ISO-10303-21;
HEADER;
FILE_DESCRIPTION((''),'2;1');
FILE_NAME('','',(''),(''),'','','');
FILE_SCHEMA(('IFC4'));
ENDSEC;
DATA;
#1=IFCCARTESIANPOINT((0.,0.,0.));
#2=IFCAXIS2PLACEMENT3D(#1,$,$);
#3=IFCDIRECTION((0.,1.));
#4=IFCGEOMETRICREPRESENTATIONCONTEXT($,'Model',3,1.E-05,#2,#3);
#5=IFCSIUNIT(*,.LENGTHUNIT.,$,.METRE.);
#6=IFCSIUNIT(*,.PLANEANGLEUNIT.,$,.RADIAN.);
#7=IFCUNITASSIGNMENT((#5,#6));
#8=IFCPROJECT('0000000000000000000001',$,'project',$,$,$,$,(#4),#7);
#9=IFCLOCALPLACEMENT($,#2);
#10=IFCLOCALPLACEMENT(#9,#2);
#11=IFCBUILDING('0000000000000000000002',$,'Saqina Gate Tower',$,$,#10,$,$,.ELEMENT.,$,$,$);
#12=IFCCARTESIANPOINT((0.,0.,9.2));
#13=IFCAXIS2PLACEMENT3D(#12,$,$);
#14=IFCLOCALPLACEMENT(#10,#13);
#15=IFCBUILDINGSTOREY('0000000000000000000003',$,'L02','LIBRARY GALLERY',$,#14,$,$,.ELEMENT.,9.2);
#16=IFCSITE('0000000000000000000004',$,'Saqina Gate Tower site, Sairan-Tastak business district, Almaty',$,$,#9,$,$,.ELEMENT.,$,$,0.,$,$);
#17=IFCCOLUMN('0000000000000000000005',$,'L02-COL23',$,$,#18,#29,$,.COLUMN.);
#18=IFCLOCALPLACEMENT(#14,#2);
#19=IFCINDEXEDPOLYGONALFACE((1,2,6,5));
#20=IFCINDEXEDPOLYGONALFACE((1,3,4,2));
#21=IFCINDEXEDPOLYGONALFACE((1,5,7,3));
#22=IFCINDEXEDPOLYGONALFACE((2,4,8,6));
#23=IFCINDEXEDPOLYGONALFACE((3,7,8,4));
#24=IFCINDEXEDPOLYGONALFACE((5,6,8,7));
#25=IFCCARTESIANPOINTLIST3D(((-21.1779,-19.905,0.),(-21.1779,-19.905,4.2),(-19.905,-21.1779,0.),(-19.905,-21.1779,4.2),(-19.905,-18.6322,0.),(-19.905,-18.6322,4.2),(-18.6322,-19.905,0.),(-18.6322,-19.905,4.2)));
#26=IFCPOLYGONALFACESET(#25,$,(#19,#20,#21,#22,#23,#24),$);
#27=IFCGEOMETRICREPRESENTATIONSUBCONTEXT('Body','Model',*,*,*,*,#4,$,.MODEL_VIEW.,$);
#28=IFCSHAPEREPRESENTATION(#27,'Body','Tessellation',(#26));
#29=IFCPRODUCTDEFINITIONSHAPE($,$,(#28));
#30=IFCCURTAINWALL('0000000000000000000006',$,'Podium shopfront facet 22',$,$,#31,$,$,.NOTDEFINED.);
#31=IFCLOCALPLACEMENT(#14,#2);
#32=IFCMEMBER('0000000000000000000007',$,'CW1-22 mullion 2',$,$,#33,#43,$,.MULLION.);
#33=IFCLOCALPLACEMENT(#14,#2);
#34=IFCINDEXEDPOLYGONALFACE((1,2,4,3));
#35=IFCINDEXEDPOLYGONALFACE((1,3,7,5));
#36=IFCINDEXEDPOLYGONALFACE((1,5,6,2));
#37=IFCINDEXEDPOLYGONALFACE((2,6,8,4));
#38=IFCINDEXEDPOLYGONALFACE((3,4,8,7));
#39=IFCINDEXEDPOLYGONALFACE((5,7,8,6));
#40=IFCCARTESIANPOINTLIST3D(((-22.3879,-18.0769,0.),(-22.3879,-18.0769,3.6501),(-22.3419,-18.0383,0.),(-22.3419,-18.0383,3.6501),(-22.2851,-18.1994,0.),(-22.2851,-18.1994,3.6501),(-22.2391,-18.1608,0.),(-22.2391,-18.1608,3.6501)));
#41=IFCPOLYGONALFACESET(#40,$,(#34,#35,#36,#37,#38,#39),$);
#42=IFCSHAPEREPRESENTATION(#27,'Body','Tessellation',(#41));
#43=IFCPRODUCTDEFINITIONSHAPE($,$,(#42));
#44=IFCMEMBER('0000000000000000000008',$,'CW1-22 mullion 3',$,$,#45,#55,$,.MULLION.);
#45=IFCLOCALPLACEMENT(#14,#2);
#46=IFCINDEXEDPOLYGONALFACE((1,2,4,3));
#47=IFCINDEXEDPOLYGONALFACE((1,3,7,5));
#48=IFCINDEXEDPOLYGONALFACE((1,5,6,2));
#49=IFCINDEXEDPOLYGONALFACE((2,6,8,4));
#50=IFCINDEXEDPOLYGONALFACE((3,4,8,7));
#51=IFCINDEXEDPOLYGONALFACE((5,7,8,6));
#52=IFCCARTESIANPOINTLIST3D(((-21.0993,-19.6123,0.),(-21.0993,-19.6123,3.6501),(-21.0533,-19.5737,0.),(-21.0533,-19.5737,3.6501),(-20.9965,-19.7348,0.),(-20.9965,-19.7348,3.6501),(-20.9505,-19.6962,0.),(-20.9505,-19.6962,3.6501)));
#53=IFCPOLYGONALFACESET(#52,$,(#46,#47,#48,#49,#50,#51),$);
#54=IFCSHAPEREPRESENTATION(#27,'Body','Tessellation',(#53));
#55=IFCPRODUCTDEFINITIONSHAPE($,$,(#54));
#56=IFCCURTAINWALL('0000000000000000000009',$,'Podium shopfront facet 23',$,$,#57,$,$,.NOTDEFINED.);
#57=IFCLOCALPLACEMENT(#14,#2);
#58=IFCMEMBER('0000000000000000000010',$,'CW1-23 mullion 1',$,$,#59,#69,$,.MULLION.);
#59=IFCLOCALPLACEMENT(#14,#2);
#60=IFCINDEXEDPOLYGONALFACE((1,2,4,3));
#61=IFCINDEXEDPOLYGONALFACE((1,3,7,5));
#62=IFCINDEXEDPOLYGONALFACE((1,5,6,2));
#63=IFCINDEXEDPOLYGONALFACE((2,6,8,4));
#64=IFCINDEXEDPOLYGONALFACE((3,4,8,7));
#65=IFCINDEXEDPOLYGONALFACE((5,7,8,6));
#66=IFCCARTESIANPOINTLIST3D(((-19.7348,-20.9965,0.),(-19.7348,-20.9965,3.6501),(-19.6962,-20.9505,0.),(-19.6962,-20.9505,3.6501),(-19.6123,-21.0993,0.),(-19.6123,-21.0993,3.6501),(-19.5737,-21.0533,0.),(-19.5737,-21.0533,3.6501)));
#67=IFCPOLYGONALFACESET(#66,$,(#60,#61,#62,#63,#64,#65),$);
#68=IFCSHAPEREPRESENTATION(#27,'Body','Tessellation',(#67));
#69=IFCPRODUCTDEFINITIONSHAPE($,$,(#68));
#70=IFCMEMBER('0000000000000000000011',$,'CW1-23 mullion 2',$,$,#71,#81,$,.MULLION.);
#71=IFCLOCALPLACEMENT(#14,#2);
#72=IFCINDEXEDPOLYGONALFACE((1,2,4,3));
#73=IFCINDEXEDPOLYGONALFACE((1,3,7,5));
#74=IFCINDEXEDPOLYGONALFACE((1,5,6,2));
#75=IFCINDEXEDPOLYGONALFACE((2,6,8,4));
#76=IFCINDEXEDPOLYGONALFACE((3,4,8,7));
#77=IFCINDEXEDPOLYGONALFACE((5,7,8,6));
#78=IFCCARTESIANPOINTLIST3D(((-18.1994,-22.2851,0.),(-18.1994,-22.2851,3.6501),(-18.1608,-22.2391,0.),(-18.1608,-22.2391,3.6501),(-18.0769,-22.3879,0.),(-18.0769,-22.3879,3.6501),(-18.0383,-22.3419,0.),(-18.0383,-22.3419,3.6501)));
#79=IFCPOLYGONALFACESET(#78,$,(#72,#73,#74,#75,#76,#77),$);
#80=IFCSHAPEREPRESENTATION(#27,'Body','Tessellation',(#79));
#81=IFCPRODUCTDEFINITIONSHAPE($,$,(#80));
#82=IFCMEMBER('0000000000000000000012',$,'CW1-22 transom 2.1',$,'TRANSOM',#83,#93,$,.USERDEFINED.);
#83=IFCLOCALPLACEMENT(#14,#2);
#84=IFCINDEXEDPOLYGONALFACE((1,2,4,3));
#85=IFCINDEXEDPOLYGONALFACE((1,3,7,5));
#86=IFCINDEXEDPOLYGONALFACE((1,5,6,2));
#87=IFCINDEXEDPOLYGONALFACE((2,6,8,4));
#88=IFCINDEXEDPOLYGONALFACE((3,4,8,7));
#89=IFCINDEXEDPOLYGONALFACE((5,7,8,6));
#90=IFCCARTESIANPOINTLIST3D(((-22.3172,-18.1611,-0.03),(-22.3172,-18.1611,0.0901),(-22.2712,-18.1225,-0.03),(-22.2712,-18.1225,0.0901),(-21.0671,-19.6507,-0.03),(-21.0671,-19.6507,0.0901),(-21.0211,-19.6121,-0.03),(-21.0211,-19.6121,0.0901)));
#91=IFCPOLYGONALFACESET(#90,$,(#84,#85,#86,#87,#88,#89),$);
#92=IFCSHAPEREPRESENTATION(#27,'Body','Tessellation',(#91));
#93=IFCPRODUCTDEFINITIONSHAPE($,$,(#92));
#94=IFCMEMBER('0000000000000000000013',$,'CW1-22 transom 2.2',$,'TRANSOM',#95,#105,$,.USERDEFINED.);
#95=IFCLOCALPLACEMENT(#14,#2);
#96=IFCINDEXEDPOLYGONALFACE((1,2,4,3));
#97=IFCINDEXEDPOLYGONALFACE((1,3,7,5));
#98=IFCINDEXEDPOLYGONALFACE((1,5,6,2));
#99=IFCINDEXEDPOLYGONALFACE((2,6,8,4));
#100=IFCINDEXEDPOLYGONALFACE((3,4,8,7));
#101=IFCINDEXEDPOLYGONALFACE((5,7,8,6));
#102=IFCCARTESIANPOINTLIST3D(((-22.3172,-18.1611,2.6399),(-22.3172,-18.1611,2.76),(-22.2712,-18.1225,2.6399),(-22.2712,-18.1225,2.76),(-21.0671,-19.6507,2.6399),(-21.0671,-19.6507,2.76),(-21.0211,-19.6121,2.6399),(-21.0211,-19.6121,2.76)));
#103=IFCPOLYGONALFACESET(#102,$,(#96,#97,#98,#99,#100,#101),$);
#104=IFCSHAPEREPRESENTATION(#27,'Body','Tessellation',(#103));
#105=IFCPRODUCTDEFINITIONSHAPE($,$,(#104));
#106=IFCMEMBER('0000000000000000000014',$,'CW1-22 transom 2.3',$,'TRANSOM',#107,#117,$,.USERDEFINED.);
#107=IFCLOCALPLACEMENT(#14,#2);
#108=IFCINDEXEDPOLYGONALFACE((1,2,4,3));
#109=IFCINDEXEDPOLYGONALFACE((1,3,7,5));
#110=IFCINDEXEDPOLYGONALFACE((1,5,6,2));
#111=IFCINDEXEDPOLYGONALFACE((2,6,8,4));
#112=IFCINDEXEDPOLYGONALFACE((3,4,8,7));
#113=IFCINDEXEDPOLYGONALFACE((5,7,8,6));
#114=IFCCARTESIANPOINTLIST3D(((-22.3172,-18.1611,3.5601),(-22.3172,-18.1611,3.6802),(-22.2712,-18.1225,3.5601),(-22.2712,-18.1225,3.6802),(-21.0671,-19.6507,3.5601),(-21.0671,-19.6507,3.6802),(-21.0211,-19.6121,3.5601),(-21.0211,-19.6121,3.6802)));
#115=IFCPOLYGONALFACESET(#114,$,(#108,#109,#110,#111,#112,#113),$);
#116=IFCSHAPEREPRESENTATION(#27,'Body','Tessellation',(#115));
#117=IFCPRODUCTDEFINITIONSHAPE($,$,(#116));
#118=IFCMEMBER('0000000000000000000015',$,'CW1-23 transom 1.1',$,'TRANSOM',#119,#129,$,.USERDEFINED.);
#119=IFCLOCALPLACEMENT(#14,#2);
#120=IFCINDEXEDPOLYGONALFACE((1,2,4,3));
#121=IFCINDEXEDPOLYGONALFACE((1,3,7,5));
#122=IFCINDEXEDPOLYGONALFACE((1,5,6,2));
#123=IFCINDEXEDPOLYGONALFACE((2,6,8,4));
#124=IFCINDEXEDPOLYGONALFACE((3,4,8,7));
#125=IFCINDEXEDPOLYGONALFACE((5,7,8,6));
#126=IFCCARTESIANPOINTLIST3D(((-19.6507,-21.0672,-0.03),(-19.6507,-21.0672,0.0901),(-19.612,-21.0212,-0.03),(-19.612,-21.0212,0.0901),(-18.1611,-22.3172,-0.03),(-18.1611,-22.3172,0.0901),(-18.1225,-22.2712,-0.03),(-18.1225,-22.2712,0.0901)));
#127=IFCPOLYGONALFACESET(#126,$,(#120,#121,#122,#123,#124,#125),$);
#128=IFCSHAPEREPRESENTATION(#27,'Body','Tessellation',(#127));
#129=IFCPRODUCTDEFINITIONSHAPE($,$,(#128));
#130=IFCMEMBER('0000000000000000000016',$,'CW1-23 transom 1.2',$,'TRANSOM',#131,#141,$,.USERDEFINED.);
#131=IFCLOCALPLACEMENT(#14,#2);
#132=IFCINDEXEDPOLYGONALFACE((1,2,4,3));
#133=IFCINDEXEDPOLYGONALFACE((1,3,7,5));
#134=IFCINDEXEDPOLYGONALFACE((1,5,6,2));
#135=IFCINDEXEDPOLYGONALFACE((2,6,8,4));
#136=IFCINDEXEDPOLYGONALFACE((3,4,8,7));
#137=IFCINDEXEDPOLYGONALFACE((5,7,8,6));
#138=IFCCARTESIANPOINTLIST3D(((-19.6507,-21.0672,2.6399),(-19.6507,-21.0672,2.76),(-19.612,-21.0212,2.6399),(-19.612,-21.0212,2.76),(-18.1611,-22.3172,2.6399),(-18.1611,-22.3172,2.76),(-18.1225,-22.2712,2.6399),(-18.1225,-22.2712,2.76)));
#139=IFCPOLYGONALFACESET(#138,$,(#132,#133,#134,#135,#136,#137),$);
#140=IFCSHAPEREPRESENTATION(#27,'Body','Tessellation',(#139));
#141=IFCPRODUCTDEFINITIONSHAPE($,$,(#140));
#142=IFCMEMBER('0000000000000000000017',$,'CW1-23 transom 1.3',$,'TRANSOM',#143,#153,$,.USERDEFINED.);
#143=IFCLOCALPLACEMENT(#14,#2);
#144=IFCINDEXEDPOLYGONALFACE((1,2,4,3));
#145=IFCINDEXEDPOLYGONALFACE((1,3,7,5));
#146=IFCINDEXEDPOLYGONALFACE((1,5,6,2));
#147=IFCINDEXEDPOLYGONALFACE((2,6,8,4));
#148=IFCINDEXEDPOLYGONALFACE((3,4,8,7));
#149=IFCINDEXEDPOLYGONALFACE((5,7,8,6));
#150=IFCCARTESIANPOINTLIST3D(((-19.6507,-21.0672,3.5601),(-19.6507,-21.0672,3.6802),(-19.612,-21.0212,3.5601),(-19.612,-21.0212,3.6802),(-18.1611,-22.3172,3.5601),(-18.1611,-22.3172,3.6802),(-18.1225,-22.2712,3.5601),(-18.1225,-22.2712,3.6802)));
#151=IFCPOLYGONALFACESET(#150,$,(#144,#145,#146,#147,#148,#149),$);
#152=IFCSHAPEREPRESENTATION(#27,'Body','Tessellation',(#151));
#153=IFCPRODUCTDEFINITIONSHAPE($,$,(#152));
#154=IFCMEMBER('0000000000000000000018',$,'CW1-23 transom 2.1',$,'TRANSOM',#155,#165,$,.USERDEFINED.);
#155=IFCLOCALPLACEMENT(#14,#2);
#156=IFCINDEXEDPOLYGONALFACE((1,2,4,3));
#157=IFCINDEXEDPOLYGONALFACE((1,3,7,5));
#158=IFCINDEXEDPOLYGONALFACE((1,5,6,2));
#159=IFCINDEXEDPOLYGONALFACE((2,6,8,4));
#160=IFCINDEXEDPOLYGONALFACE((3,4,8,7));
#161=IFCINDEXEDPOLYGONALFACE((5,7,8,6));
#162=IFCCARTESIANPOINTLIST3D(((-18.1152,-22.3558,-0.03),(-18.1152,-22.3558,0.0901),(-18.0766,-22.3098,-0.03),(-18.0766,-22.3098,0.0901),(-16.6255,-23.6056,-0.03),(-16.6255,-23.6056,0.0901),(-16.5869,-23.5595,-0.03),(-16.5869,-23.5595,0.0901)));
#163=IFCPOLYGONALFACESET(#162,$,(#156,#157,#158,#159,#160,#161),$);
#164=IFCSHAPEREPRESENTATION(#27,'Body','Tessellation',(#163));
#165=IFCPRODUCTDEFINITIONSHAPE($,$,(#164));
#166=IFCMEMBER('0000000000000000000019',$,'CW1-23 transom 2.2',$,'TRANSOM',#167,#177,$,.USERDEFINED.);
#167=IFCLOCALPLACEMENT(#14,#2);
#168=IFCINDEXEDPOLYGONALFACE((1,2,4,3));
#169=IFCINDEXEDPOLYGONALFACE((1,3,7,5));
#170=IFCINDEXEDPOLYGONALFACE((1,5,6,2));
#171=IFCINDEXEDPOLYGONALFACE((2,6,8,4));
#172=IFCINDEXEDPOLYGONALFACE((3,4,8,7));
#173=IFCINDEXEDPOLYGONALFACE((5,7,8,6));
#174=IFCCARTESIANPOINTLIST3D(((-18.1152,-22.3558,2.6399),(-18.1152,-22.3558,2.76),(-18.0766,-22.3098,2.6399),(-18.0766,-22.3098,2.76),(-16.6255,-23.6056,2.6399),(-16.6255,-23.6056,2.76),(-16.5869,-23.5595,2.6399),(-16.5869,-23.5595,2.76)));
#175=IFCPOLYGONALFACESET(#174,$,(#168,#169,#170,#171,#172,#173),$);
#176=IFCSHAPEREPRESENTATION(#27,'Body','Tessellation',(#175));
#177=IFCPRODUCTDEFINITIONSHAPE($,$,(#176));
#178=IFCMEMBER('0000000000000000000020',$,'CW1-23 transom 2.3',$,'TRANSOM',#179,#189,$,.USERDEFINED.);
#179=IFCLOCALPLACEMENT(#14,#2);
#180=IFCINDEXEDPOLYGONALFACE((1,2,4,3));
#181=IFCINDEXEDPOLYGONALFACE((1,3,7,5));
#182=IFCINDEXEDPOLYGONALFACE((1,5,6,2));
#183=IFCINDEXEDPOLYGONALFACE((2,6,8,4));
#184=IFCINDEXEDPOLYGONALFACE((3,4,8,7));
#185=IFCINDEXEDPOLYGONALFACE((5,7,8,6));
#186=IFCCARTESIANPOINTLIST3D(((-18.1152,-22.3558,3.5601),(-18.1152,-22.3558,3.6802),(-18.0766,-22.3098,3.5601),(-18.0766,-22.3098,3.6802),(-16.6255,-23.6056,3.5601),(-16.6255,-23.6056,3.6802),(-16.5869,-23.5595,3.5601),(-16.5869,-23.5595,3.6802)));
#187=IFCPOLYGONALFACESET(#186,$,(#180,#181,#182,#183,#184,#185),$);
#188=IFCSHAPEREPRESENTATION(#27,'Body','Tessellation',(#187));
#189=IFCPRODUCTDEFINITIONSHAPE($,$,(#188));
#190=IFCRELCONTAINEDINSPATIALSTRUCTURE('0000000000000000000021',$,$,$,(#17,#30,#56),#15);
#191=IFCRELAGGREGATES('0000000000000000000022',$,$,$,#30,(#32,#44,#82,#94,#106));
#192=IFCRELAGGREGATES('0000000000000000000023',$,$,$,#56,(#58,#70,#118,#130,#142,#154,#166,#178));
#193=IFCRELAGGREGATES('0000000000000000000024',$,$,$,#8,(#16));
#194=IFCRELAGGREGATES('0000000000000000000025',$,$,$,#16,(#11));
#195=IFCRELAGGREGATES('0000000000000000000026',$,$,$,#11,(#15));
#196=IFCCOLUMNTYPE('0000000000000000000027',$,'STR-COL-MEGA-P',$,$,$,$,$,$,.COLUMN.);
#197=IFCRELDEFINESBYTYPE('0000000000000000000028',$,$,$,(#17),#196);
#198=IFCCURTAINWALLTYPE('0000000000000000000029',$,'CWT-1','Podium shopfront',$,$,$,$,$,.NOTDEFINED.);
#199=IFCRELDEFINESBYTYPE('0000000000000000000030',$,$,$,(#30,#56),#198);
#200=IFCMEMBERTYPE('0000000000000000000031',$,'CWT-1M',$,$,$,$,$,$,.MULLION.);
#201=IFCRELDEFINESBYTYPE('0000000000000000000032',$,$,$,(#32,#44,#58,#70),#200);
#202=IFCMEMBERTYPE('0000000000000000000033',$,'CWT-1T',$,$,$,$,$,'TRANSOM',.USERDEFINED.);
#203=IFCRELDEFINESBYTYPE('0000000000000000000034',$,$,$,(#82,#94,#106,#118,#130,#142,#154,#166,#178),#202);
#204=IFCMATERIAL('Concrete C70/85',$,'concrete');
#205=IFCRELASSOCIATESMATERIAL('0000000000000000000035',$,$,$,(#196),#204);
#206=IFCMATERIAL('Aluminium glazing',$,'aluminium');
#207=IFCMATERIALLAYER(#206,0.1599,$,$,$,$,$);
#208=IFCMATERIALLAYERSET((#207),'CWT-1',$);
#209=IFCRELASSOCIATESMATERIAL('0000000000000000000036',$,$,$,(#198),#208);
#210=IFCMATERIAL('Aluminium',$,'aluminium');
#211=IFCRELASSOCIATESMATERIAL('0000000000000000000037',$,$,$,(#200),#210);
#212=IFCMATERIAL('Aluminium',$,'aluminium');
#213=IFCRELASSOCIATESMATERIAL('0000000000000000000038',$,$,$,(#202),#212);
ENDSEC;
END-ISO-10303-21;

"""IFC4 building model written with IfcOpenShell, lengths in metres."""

from ifc_helpers import new_model, si_unit, direction, frame, origin, origin_2d, place, context, subcontext, project, spatial, rectangle, extrude, material, layer, layer_set, material_profile, profile_set, type_object, element, aggregate, save


model = new_model("IFC4")

# Units and contexts
model_context = context("Model", 3, precision=1e-05, world=origin(), true_north=direction((0.0, 1.0)))
body_context = subcontext(model_context, "Body", "Model", "MODEL_VIEW")
ifc_project = project(units=[si_unit("LENGTHUNIT", "METRE"), si_unit("PLANEANGLEUNIT", "RADIAN")], contexts=[model_context])

# Site, building, storey
site_placement = place(None, origin())
site = spatial("IfcSite", under=ifc_project, at=site_placement, Name="Saqina Gate Tower site, Sairan-Tastak business district, Almaty", CompositionType="ELEMENT", RefElevation=0.0)
building_placement = place(site_placement, origin())
building = spatial("IfcBuilding", under=site, at=building_placement, Name="Saqina Gate Tower", CompositionType="ELEMENT")
storey_placement = place(building_placement, frame((0.0, 0.0, 9.2)))
storey = spatial("IfcBuildingStorey", under=building, at=storey_placement, Name="L02", Description="LIBRARY GALLERY", CompositionType="ELEMENT", Elevation=9.2)

# Column
ifc_material_1 = material(Name="Concrete C70/85", Category="concrete")
ifc_material_profile_1 = material_profile(ifc_material_1, rectangle(XDim=1.8, YDim=1.8, at=origin_2d()), Name="RC 1800x1800")
ifc_profile_set_1 = profile_set([ifc_material_profile_1], Name="Concrete C70/85")
column_type = type_object("IfcColumnType", Name="STR-COL-MEGA-P", PredefinedType="COLUMN", material=ifc_profile_set_1)
column_placement = place(storey_placement, frame((-19.905, -19.905, 0.0), z_axis=(0.0, 0.0, 1.0), x_axis=(-0.707107, -0.707107, 0.0)))
element("IfcColumn", 1, at=column_placement, inside=storey, type_object=column_type, Name="L02-COL23", PredefinedType="COLUMN", context=body_context, shape_type="SweptSolid", body=[
    extrude(rectangle(XDim=1.8, YDim=1.8, at=origin_2d()), origin(), (0.0, 0.0, 1.0), 4.2),
])

# Curtain walls, members
ifc_material_2 = material(Name="Aluminium glazing", Category="aluminium")
ifc_layer_1 = layer(ifc_material_2, 0.1599)
ifc_layer_set_1 = layer_set([ifc_layer_1], Name="CWT-1")
curtain_wall_type = type_object("IfcCurtainWallType", Name="CWT-1", Description="Podium shopfront", PredefinedType="NOTDEFINED", material=ifc_layer_set_1)
curtain_wall_1_placement = place(storey_placement, origin())
curtain_wall_1 = element("IfcCurtainWall", 2, at=curtain_wall_1_placement, inside=storey, type_object=curtain_wall_type, Name="Podium shopfront facet 22", PredefinedType="NOTDEFINED")
ifc_material_3 = material(Name="Aluminium", Category="aluminium")
ifc_material_profile_2 = material_profile(ifc_material_3, rectangle(XDim=0.0601, YDim=0.1599, at=origin_2d()), Name="Aluminium 60x160")
ifc_profile_set_2 = profile_set([ifc_material_profile_2], Name="Aluminium")
member_type_1 = type_object("IfcMemberType", Name="CWT-1M", PredefinedType="MULLION", material=ifc_profile_set_2)
member_1_placement = place(storey_placement, frame((-22.3135, -18.1189, 0.0), z_axis=(0.0, 0.0, 1.0), x_axis=(0.766051, 0.642779, 0.0)))
member_1 = element("IfcMember", 3, at=member_1_placement, type_object=member_type_1, Name="CW1-22 mullion 2", PredefinedType="MULLION", context=body_context, shape_type="SweptSolid", body=[
    extrude(rectangle(XDim=0.0601, YDim=0.1599, at=origin_2d()), origin(), (0.0, 0.0, 1.0), 3.6501),
])
member_2_placement = place(storey_placement, frame((-21.0249, -19.6543, 0.0), z_axis=(0.0, 0.0, 1.0), x_axis=(0.766051, 0.642779, 0.0)))
member_2 = element("IfcMember", 4, at=member_2_placement, type_object=member_type_1, Name="CW1-22 mullion 3", PredefinedType="MULLION", context=body_context, shape_type="SweptSolid", body=[
    extrude(rectangle(XDim=0.0601, YDim=0.1599, at=origin_2d()), origin(), (0.0, 0.0, 1.0), 3.6501),
])
curtain_wall_2_placement = place(storey_placement, origin())
curtain_wall_2 = element("IfcCurtainWall", 5, at=curtain_wall_2_placement, inside=storey, type_object=curtain_wall_type, Name="Podium shopfront facet 23", PredefinedType="NOTDEFINED")
member_3_placement = place(storey_placement, frame((-19.6543, -21.0249, 0.0), z_axis=(0.0, 0.0, 1.0), x_axis=(0.642779, 0.766051, 0.0)))
member_3 = element("IfcMember", 6, at=member_3_placement, type_object=member_type_1, Name="CW1-23 mullion 1", PredefinedType="MULLION", context=body_context, shape_type="SweptSolid", body=[
    extrude(rectangle(XDim=0.0601, YDim=0.1599, at=origin_2d()), origin(), (0.0, 0.0, 1.0), 3.6501),
])
member_4_placement = place(storey_placement, frame((-18.1189, -22.3135, 0.0), z_axis=(0.0, 0.0, 1.0), x_axis=(0.642779, 0.766051, 0.0)))
member_4 = element("IfcMember", 7, at=member_4_placement, type_object=member_type_1, Name="CW1-23 mullion 2", PredefinedType="MULLION", context=body_context, shape_type="SweptSolid", body=[
    extrude(rectangle(XDim=0.0601, YDim=0.1599, at=origin_2d()), origin(), (0.0, 0.0, 1.0), 3.6501),
])

# Members
ifc_material_4 = material(Name="Aluminium", Category="aluminium")
ifc_material_profile_3 = material_profile(ifc_material_4, rectangle(XDim=0.0601, YDim=0.1201, at=origin_2d()), Name="Aluminium 60x120")
ifc_profile_set_3 = profile_set([ifc_material_profile_3], Name="Aluminium")
member_type_2 = type_object("IfcMemberType", Name="CWT-1T", ElementType="TRANSOM", PredefinedType="USERDEFINED", material=ifc_profile_set_3)
member_5_placement = place(storey_placement, frame((-22.2942, -18.1418, 0.03), z_axis=(0.642836, -0.766004, 0.0), x_axis=(0.766004, 0.642836, 0.0)))
member_5 = element("IfcMember", 8, at=member_5_placement, type_object=member_type_2, Name="CW1-22 transom 2.1", ObjectType="TRANSOM", PredefinedType="USERDEFINED", context=body_context, shape_type="SweptSolid", body=[
    extrude(rectangle(XDim=0.0601, YDim=0.1201, at=origin_2d()), origin(), (0.0, 0.0, 1.0), 1.9446),
])
member_6_placement = place(storey_placement, frame((-22.2942, -18.1418, 2.7), z_axis=(0.642836, -0.766004, 0.0), x_axis=(0.766004, 0.642836, 0.0)))
member_6 = element("IfcMember", 9, at=member_6_placement, type_object=member_type_2, Name="CW1-22 transom 2.2", ObjectType="TRANSOM", PredefinedType="USERDEFINED", context=body_context, shape_type="SweptSolid", body=[
    extrude(rectangle(XDim=0.0601, YDim=0.1201, at=origin_2d()), origin(), (0.0, 0.0, 1.0), 1.9446),
])
member_7_placement = place(storey_placement, frame((-22.2942, -18.1418, 3.6201), z_axis=(0.642836, -0.766004, 0.0), x_axis=(0.766004, 0.642836, 0.0)))
member_7 = element("IfcMember", 10, at=member_7_placement, type_object=member_type_2, Name="CW1-22 transom 2.3", ObjectType="TRANSOM", PredefinedType="USERDEFINED", context=body_context, shape_type="SweptSolid", body=[
    extrude(rectangle(XDim=0.0601, YDim=0.1201, at=origin_2d()), origin(), (0.0, 0.0, 1.0), 1.9446),
])
member_8_placement = place(storey_placement, frame((-19.6313, -21.0442, 0.03), z_axis=(0.766004, -0.642836, 0.0), x_axis=(0.642836, 0.766004, 0.0)))
member_8 = element("IfcMember", 11, at=member_8_placement, type_object=member_type_2, Name="CW1-23 transom 1.1", ObjectType="TRANSOM", PredefinedType="USERDEFINED", context=body_context, shape_type="SweptSolid", body=[
    extrude(rectangle(XDim=0.0601, YDim=0.1201, at=origin_2d()), origin(), (0.0, 0.0, 1.0), 1.9446),
])
member_9_placement = place(storey_placement, frame((-19.6313, -21.0442, 2.7), z_axis=(0.766004, -0.642836, 0.0), x_axis=(0.642836, 0.766004, 0.0)))
member_9 = element("IfcMember", 12, at=member_9_placement, type_object=member_type_2, Name="CW1-23 transom 1.2", ObjectType="TRANSOM", PredefinedType="USERDEFINED", context=body_context, shape_type="SweptSolid", body=[
    extrude(rectangle(XDim=0.0601, YDim=0.1201, at=origin_2d()), origin(), (0.0, 0.0, 1.0), 1.9446),
])
member_10_placement = place(storey_placement, frame((-19.6313, -21.0442, 3.6201), z_axis=(0.766004, -0.642836, 0.0), x_axis=(0.642836, 0.766004, 0.0)))
member_10 = element("IfcMember", 13, at=member_10_placement, type_object=member_type_2, Name="CW1-23 transom 1.3", ObjectType="TRANSOM", PredefinedType="USERDEFINED", context=body_context, shape_type="SweptSolid", body=[
    extrude(rectangle(XDim=0.0601, YDim=0.1201, at=origin_2d()), origin(), (0.0, 0.0, 1.0), 1.9446),
])
member_11_placement = place(storey_placement, frame((-18.0959, -22.3328, 0.03), z_axis=(0.766118, -0.6427, 0.0), x_axis=(0.6427, 0.766118, 0.0)))
member_11 = element("IfcMember", 14, at=member_11_placement, type_object=member_type_2, Name="CW1-23 transom 2.1", ObjectType="TRANSOM", PredefinedType="USERDEFINED", context=body_context, shape_type="SweptSolid", body=[
    extrude(rectangle(XDim=0.0601, YDim=0.1201, at=origin_2d()), origin(), (0.0, 0.0, 1.0), 1.9446),
])
member_12_placement = place(storey_placement, frame((-18.0959, -22.3328, 2.7), z_axis=(0.766118, -0.6427, 0.0), x_axis=(0.6427, 0.766118, 0.0)))
member_12 = element("IfcMember", 15, at=member_12_placement, type_object=member_type_2, Name="CW1-23 transom 2.2", ObjectType="TRANSOM", PredefinedType="USERDEFINED", context=body_context, shape_type="SweptSolid", body=[
    extrude(rectangle(XDim=0.0601, YDim=0.1201, at=origin_2d()), origin(), (0.0, 0.0, 1.0), 1.9446),
])
member_13_placement = place(storey_placement, frame((-18.0959, -22.3328, 3.6201), z_axis=(0.766118, -0.6427, 0.0), x_axis=(0.6427, 0.766118, 0.0)))
member_13 = element("IfcMember", 16, at=member_13_placement, type_object=member_type_2, Name="CW1-23 transom 2.3", ObjectType="TRANSOM", PredefinedType="USERDEFINED", context=body_context, shape_type="SweptSolid", body=[
    extrude(rectangle(XDim=0.0601, YDim=0.1201, at=origin_2d()), origin(), (0.0, 0.0, 1.0), 1.9446),
])

aggregate(curtain_wall_1, [member_1, member_2, member_5, member_6, member_7])
aggregate(curtain_wall_2, [member_3, member_4, member_8, member_9, member_10, member_11, member_12, member_13])

save(model, "model.ifc")
